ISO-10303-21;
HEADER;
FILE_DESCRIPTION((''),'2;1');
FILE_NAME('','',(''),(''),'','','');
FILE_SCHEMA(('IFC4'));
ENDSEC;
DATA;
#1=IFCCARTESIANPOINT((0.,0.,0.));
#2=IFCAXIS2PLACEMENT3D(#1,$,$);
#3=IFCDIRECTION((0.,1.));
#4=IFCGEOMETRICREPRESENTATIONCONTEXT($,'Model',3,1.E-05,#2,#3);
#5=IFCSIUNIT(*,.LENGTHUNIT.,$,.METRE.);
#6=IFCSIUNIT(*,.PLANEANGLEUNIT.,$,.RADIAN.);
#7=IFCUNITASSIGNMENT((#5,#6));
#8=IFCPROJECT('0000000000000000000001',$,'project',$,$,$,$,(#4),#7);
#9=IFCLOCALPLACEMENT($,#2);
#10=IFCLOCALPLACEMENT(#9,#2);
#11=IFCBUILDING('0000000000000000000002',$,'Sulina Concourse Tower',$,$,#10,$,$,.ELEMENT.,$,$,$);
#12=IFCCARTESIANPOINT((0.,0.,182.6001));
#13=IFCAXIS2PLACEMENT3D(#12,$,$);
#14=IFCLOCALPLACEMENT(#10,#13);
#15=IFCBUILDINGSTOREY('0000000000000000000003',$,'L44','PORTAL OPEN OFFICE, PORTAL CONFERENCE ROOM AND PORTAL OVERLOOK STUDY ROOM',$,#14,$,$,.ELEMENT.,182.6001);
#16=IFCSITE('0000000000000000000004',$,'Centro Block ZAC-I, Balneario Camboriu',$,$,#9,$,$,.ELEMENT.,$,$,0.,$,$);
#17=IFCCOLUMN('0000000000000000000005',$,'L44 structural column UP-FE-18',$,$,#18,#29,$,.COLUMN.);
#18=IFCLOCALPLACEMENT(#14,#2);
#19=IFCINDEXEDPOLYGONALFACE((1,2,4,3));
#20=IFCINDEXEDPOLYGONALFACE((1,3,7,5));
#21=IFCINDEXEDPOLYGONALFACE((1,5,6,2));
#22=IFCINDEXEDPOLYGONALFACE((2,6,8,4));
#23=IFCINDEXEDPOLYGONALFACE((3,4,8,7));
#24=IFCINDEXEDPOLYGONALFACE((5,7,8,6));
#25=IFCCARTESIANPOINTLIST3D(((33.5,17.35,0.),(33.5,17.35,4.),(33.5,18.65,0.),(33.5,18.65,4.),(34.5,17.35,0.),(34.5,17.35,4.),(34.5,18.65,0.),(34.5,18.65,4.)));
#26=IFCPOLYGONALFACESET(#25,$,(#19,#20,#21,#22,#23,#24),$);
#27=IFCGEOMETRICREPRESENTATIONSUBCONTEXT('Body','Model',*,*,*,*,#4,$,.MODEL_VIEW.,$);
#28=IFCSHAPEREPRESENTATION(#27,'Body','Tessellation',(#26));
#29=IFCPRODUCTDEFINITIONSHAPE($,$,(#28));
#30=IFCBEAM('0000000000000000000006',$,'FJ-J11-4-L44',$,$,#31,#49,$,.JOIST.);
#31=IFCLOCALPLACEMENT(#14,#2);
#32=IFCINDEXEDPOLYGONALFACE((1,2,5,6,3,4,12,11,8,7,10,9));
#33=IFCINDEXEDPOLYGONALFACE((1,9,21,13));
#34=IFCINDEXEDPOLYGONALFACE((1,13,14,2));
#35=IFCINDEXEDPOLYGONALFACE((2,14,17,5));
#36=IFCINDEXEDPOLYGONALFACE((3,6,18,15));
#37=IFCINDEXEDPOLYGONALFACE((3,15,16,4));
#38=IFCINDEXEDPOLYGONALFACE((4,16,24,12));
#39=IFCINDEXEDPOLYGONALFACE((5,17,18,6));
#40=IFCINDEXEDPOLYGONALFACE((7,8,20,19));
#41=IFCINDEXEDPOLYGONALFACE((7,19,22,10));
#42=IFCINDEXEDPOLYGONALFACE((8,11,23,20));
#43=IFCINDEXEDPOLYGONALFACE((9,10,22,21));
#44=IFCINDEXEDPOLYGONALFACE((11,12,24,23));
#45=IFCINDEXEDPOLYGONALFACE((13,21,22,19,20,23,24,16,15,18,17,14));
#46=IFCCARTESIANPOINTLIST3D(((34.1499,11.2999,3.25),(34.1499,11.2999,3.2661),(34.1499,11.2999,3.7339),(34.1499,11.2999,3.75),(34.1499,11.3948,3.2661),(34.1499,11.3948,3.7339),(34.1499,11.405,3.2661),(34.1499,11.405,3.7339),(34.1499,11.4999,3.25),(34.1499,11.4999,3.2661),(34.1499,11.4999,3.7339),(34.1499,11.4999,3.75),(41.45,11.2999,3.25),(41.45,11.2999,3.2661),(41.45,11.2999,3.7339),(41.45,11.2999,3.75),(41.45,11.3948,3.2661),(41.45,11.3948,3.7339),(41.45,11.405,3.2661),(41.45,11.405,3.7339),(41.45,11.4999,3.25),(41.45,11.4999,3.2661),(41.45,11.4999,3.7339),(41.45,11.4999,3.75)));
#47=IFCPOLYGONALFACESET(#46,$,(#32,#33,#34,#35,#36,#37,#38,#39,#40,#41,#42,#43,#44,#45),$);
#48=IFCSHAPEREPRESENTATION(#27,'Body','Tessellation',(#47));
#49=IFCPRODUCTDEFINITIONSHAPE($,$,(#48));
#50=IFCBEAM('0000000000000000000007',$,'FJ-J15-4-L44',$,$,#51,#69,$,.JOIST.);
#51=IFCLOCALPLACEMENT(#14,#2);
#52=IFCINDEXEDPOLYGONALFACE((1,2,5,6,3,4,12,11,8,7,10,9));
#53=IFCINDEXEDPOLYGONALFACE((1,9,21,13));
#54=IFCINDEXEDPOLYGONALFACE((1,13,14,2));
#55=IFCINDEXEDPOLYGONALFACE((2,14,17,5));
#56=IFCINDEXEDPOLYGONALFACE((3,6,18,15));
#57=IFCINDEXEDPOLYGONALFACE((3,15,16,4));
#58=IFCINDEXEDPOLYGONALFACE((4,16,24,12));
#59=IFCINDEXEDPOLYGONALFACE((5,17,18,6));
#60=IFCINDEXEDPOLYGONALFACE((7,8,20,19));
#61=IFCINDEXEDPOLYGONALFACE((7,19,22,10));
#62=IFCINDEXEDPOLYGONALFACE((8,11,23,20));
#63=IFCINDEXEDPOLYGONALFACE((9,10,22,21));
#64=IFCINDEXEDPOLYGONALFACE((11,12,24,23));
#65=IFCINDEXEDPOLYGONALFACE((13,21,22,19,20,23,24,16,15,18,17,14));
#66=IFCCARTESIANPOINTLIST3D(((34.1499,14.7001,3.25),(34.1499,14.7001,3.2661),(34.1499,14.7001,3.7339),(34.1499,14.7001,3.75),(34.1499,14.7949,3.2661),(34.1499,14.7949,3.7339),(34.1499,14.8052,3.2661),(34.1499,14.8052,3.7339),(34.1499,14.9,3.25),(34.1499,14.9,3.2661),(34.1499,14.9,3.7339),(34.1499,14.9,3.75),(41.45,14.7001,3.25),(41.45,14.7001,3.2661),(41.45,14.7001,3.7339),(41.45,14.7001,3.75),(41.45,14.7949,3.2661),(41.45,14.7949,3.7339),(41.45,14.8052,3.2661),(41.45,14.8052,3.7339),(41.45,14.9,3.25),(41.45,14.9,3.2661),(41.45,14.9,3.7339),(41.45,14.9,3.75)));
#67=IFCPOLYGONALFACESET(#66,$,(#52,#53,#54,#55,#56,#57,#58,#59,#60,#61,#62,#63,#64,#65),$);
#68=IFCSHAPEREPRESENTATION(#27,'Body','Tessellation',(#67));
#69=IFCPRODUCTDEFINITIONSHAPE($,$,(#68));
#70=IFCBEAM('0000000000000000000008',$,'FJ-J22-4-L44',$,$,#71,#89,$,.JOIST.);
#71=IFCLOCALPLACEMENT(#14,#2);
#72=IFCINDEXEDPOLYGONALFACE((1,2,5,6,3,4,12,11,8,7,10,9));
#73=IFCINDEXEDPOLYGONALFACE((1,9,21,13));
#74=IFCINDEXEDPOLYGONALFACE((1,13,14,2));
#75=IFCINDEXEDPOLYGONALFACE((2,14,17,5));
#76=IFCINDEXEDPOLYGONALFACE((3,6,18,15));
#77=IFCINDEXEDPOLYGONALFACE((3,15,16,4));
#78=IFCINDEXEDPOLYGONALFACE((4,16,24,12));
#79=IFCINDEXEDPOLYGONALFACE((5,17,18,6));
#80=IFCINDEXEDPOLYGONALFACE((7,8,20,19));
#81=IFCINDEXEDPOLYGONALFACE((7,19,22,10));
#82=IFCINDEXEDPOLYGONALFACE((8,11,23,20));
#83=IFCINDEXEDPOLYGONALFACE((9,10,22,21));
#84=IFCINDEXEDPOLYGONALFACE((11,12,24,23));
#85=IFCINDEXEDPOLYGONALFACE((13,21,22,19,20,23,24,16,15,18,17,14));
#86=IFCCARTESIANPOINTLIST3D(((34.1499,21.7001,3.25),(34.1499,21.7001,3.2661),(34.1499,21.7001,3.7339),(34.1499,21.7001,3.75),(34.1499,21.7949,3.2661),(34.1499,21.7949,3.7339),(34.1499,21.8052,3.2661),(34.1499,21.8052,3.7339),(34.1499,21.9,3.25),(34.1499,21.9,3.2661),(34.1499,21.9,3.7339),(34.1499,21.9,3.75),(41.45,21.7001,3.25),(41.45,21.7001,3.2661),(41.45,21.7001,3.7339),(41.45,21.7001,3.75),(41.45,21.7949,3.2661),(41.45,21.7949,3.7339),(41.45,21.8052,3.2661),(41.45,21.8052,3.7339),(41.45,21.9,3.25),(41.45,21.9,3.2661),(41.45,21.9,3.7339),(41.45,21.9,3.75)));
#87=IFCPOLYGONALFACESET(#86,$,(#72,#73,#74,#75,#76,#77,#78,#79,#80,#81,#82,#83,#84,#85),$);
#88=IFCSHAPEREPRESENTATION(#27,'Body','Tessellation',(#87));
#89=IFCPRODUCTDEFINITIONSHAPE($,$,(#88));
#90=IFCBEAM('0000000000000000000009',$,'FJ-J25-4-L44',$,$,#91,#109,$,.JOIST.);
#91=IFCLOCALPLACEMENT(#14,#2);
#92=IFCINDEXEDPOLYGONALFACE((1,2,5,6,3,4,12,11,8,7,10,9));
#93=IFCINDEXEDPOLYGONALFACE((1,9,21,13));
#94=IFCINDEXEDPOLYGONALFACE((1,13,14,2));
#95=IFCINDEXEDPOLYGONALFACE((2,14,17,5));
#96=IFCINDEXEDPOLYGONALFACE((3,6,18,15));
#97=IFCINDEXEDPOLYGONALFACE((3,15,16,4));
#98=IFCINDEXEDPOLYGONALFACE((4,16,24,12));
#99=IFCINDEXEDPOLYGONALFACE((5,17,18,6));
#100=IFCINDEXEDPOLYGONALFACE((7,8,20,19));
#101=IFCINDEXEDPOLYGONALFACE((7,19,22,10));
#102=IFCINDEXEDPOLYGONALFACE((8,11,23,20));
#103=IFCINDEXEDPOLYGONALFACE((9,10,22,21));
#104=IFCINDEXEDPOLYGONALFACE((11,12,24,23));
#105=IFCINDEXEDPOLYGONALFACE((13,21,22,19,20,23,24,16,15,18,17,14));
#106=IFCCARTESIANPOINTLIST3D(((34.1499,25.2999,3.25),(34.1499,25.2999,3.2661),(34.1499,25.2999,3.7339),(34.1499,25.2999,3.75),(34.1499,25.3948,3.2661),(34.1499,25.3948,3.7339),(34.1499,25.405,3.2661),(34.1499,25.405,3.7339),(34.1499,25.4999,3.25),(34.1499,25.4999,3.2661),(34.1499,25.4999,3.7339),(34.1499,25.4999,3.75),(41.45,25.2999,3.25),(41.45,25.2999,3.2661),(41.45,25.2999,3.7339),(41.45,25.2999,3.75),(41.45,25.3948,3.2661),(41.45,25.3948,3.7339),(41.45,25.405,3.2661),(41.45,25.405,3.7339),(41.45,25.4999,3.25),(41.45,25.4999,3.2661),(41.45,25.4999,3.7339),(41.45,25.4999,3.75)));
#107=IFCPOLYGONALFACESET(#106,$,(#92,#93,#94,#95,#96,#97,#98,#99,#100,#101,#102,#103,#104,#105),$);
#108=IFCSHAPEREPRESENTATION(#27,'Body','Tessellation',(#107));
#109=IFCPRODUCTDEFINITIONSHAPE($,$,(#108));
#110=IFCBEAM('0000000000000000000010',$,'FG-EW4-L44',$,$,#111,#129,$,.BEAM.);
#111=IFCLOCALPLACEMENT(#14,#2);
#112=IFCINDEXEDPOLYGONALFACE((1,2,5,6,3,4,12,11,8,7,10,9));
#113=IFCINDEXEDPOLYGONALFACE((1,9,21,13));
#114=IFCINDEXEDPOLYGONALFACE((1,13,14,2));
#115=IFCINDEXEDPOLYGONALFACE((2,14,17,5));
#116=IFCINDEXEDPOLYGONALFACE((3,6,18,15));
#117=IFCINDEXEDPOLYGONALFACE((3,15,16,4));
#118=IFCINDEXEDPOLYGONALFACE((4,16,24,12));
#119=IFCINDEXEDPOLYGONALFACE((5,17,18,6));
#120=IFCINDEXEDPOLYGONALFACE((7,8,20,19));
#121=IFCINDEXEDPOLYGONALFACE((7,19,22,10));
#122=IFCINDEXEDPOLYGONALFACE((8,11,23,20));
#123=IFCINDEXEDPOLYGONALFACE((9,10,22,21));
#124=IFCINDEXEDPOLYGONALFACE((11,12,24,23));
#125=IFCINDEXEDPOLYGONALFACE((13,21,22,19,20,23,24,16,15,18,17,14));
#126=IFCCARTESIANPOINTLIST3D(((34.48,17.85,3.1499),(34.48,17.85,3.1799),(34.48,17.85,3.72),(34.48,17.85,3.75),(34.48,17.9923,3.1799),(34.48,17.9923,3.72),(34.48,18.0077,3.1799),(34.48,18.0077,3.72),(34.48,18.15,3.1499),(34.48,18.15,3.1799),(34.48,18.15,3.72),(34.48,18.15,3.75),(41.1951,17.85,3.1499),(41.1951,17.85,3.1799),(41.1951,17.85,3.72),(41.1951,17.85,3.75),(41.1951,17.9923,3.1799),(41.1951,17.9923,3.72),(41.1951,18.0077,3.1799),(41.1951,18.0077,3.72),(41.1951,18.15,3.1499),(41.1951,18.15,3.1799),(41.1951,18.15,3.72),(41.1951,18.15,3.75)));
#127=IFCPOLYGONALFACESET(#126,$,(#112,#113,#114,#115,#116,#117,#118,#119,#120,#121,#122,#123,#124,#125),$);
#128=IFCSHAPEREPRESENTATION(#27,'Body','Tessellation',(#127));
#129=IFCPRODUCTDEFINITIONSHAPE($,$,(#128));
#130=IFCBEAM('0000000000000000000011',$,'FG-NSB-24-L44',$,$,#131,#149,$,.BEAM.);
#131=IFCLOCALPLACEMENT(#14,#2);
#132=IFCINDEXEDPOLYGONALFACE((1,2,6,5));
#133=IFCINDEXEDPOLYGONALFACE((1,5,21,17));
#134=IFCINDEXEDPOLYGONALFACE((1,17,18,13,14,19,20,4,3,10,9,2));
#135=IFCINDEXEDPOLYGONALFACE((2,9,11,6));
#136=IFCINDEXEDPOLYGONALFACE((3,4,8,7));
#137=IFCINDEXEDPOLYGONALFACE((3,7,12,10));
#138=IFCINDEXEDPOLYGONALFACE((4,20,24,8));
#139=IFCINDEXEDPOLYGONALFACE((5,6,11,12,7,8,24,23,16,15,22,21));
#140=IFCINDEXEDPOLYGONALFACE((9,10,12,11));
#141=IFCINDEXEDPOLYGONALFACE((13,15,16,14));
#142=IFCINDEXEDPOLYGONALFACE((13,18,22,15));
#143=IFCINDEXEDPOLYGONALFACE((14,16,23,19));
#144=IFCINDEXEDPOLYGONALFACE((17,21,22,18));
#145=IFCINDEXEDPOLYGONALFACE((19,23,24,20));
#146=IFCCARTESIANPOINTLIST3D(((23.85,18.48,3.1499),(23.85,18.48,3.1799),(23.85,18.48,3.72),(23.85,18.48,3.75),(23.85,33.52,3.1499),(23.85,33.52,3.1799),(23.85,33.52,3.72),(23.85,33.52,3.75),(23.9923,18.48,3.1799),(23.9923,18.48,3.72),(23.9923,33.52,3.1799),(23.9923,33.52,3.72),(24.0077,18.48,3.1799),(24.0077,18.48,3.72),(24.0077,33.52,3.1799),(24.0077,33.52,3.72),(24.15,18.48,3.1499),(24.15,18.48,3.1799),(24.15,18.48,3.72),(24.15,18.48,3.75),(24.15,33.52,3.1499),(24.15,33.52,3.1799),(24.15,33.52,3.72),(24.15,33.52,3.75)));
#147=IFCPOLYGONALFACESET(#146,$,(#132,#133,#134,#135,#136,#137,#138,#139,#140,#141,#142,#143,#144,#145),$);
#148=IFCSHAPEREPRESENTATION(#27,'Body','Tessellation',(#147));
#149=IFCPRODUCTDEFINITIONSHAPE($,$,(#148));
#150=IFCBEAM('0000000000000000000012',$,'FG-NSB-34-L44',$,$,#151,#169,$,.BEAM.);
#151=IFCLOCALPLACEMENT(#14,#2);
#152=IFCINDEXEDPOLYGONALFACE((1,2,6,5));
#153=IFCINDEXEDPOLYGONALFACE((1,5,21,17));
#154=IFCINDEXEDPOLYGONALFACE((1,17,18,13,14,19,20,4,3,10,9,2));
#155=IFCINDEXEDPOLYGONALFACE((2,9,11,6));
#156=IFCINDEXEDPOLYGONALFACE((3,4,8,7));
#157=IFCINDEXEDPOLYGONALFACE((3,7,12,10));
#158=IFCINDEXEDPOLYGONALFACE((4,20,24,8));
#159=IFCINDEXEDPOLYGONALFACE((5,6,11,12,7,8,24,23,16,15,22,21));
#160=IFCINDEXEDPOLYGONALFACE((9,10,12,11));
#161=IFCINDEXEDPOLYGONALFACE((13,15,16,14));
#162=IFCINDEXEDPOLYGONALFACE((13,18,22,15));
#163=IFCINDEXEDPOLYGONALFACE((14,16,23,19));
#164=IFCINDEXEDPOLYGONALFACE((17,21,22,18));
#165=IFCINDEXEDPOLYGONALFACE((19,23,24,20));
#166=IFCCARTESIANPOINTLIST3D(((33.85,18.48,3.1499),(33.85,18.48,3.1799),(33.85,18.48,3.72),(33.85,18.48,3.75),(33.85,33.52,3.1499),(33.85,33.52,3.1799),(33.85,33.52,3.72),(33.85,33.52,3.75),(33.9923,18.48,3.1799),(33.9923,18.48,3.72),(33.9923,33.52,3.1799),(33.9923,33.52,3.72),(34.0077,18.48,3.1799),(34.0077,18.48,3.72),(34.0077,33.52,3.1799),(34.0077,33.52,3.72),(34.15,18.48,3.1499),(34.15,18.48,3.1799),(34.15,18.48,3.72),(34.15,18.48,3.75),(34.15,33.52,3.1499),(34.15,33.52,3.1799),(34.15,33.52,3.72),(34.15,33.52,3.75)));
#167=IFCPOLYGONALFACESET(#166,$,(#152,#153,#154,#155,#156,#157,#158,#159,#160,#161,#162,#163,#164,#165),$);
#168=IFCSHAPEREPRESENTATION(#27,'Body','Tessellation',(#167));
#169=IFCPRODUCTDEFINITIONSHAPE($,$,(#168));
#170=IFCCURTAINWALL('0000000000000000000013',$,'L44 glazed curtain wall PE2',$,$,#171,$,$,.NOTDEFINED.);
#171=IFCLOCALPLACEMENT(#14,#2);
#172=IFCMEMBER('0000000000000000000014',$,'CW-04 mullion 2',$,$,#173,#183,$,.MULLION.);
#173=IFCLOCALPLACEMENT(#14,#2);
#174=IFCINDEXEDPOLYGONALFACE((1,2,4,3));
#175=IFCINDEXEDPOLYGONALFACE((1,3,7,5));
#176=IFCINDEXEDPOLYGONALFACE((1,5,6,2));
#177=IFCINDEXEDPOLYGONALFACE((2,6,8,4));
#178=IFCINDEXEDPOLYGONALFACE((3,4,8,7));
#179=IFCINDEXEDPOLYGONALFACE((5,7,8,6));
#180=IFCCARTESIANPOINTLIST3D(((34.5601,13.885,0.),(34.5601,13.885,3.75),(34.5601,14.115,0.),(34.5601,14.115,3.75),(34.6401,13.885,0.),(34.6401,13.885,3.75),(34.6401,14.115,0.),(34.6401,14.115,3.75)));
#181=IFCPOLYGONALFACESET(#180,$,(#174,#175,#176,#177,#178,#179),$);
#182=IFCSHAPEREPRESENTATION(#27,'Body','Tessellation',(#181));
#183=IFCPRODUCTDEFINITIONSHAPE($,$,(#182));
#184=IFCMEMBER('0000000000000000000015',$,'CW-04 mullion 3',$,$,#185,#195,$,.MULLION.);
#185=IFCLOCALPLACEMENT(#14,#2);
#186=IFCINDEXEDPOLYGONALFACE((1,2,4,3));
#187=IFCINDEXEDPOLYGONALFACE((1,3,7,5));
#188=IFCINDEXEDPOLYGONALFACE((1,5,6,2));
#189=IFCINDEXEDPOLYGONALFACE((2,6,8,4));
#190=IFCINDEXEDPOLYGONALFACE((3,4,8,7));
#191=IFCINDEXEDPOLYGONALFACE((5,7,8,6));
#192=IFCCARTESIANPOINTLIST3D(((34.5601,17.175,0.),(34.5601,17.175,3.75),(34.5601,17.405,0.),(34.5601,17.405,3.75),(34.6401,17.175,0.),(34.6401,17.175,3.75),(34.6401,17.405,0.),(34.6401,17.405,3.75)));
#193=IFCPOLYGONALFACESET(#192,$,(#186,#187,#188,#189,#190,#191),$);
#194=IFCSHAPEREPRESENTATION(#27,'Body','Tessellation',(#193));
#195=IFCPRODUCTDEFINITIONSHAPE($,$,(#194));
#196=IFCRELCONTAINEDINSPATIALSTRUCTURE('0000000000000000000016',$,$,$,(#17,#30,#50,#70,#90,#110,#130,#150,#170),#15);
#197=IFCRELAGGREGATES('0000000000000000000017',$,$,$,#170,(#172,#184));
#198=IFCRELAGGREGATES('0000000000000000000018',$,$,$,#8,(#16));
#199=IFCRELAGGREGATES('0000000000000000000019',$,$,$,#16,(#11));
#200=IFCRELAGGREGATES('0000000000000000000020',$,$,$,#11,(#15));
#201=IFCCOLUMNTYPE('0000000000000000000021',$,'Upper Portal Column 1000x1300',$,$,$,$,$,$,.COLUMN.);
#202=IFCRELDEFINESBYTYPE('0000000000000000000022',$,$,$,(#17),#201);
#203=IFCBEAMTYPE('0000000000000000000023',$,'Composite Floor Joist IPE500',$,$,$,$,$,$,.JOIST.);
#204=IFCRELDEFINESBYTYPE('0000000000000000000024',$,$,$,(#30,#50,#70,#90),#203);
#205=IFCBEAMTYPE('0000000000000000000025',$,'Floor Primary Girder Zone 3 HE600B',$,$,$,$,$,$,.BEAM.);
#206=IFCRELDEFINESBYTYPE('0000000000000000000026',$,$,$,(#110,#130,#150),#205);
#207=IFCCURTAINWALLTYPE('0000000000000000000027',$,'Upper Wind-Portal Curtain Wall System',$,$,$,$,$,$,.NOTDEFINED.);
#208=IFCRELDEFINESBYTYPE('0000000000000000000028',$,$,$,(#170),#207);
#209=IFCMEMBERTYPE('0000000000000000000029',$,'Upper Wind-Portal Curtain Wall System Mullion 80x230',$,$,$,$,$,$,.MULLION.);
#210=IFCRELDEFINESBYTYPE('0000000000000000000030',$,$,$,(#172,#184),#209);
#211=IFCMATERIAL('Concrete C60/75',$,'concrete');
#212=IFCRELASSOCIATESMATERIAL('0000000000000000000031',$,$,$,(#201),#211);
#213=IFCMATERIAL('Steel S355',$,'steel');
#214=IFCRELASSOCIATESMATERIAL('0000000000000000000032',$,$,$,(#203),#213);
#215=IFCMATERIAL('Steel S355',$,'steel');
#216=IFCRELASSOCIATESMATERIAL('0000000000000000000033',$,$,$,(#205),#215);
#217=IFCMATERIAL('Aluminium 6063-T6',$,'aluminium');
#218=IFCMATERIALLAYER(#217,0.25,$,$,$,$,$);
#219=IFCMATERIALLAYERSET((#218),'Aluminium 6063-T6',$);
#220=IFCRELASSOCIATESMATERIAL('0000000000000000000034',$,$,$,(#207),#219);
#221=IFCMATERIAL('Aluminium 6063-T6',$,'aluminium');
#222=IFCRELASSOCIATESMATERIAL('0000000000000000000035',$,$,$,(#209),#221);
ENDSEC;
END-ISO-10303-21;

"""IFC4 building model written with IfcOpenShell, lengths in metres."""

from ifc_helpers import new_model, si_unit, direction, frame, origin, origin_2d, place, context, subcontext, project, spatial, rectangle, i_section, extrude, material, layer, layer_set, material_profile, profile_set, type_object, element, aggregate, save


model = new_model("IFC4")

# Units and contexts
model_context = context("Model", 3, precision=1e-05, world=origin(), true_north=direction((0.0, 1.0)))
body_context = subcontext(model_context, "Body", "Model", "MODEL_VIEW")
ifc_project = project(units=[si_unit("LENGTHUNIT", "METRE"), si_unit("PLANEANGLEUNIT", "RADIAN")], contexts=[model_context])

# Site, building, storey
site_placement = place(None, origin())
site = spatial("IfcSite", under=ifc_project, at=site_placement, Name="Centro Block ZAC-I, Balneario Camboriu", CompositionType="ELEMENT", RefElevation=0.0)
building_placement = place(site_placement, origin())
building = spatial("IfcBuilding", under=site, at=building_placement, Name="Sulina Concourse Tower", CompositionType="ELEMENT")
storey_placement = place(building_placement, frame((0.0, 0.0, 182.6001)))
storey = spatial("IfcBuildingStorey", under=building, at=storey_placement, Name="L44", Description="PORTAL OPEN OFFICE, PORTAL CONFERENCE ROOM AND PORTAL OVERLOOK STUDY ROOM", CompositionType="ELEMENT", Elevation=182.6001)

# Column
ifc_material_1 = material(Name="Concrete C60/75", Category="concrete")
ifc_material_profile_1 = material_profile(ifc_material_1, rectangle(XDim=1.0, YDim=1.3, at=origin_2d()), Name="RC 1000x1300")
ifc_profile_set_1 = profile_set([ifc_material_profile_1], Name="Concrete C60/75")
column_type = type_object("IfcColumnType", Name="Upper Portal Column 1000x1300", PredefinedType="COLUMN", material=ifc_profile_set_1)
column_placement = place(storey_placement, frame((34.0, 18.0, 0.0), z_axis=(0.0, 0.0, 1.0), x_axis=(1.0, 0.0, 0.0)))
element("IfcColumn", 1, at=column_placement, inside=storey, type_object=column_type, Name="L44 structural column UP-FE-18", PredefinedType="COLUMN", context=body_context, shape_type="SweptSolid", body=[
    extrude(rectangle(XDim=1.0, YDim=1.3, at=origin_2d()), origin(), (0.0, 0.0, 1.0), 4.0),
])

# Beams
ifc_material_2 = material(Name="Steel S355", Category="steel")
ifc_material_profile_2 = material_profile(ifc_material_2, i_section(OverallWidth=0.2, OverallDepth=0.5, WebThickness=0.0103, FlangeThickness=0.0161, at=origin_2d()), Name="IPE 500")
ifc_profile_set_2 = profile_set([ifc_material_profile_2], Name="Steel S355")
beam_type_1 = type_object("IfcBeamType", Name="Composite Floor Joist IPE500", PredefinedType="JOIST", material=ifc_profile_set_2)
for number, where, z_axis, x_axis, name in (
    (2, (34.1499, 11.3999, 3.5), (1.0, 0.0, 0.0), (0.0, 1.0, 0.0), "FJ-J11-4-L44"),
    (3, (34.1499, 14.8, 3.5), (1.0, 0.0, 0.0), (0.0, 1.0, 0.0), "FJ-J15-4-L44"),
    (4, (34.1499, 21.8, 3.5), (1.0, 0.0, 0.0), (0.0, 1.0, 0.0), "FJ-J22-4-L44"),
    (5, (34.1499, 25.3999, 3.5), (1.0, 0.0, 0.0), (0.0, 1.0, 0.0), "FJ-J25-4-L44"),
):
    element("IfcBeam", number, at=place(storey_placement, frame(where, z_axis=z_axis, x_axis=x_axis)), inside=storey, type_object=beam_type_1, Name=name, PredefinedType="JOIST", context=body_context, shape_type="SweptSolid", body=[
        extrude(i_section(OverallWidth=0.2, OverallDepth=0.5, WebThickness=0.0103, FlangeThickness=0.0161, at=origin_2d()), origin(), (0.0, 0.0, 1.0), 7.3),
    ])
ifc_material_3 = material(Name="Steel S355", Category="steel")
ifc_material_profile_3 = material_profile(ifc_material_3, i_section(OverallWidth=0.3, OverallDepth=0.6001, WebThickness=0.0154, FlangeThickness=0.03, at=origin_2d()), Name="HE 600 B")
ifc_profile_set_3 = profile_set([ifc_material_profile_3], Name="Steel S355")
beam_type_2 = type_object("IfcBeamType", Name="Floor Primary Girder Zone 3 HE600B", PredefinedType="BEAM", material=ifc_profile_set_3)
beam_placement = place(storey_placement, frame((34.48, 18.0, 3.45), z_axis=(1.0, 0.0, 0.0), x_axis=(0.0, 1.0, 0.0)))
element("IfcBeam", 6, at=beam_placement, inside=storey, type_object=beam_type_2, Name="FG-EW4-L44", PredefinedType="BEAM", context=body_context, shape_type="SweptSolid", body=[
    extrude(i_section(OverallWidth=0.3, OverallDepth=0.6001, WebThickness=0.0154, FlangeThickness=0.03, at=origin_2d()), origin(), (0.0, 0.0, 1.0), 6.7151),
])
for number, where, z_axis, x_axis, name in (
    (7, (24.0, 18.48, 3.45), (0.0, 1.0, 0.0), (-1.0, 0.0, 0.0), "FG-NSB-24-L44"),
    (8, (34.0, 18.48, 3.45), (0.0, 1.0, 0.0), (-1.0, 0.0, 0.0), "FG-NSB-34-L44"),
):
    element("IfcBeam", number, at=place(storey_placement, frame(where, z_axis=z_axis, x_axis=x_axis)), inside=storey, type_object=beam_type_2, Name=name, PredefinedType="BEAM", context=body_context, shape_type="SweptSolid", body=[
        extrude(i_section(OverallWidth=0.3, OverallDepth=0.6001, WebThickness=0.0154, FlangeThickness=0.03, at=origin_2d()), origin(), (0.0, 0.0, 1.0), 15.04),
    ])

# Curtain wall, members
ifc_material_4 = material(Name="Aluminium 6063-T6", Category="aluminium")
ifc_layer_1 = layer(ifc_material_4, 0.25)
ifc_layer_set_1 = layer_set([ifc_layer_1], Name="Aluminium 6063-T6")
curtain_wall_type = type_object("IfcCurtainWallType", Name="Upper Wind-Portal Curtain Wall System", PredefinedType="NOTDEFINED", material=ifc_layer_set_1)
curtain_wall_placement = place(storey_placement, origin())
curtain_wall = element("IfcCurtainWall", 9, at=curtain_wall_placement, inside=storey, type_object=curtain_wall_type, Name="L44 glazed curtain wall PE2", PredefinedType="NOTDEFINED")
ifc_material_5 = material(Name="Aluminium 6063-T6", Category="aluminium")
ifc_material_profile_4 = material_profile(ifc_material_5, rectangle(XDim=0.0801, YDim=0.23, at=origin_2d()), Name="MUL 80x230")
ifc_profile_set_4 = profile_set([ifc_material_profile_4], Name="Aluminium 6063-T6")
member_type_1 = type_object("IfcMemberType", Name="Upper Wind-Portal Curtain Wall System Mullion 80x230", PredefinedType="MULLION", material=ifc_profile_set_4)
member_1_placement = place(storey_placement, frame((34.6001, 14.0, 0.0), z_axis=(0.0, 0.0, 1.0), x_axis=(-1.0, 0.0, 0.0)))
member_1 = element("IfcMember", 10, at=member_1_placement, type_object=member_type_1, Name="CW-04 mullion 2", PredefinedType="MULLION", context=body_context, shape_type="SweptSolid", body=[
    extrude(rectangle(XDim=0.0801, YDim=0.23, at=origin_2d()), origin(), (0.0, 0.0, 1.0), 3.75),
])
member_2_placement = place(storey_placement, frame((34.6001, 17.29, 0.0), z_axis=(0.0, 0.0, 1.0), x_axis=(-1.0, 0.0, 0.0)))
member_2 = element("IfcMember", 11, at=member_2_placement, type_object=member_type_1, Name="CW-04 mullion 3", PredefinedType="MULLION", context=body_context, shape_type="SweptSolid", body=[
    extrude(rectangle(XDim=0.0801, YDim=0.23, at=origin_2d()), origin(), (0.0, 0.0, 1.0), 3.75),
])
aggregate(curtain_wall, [member_1, member_2])

save(model, "model.ifc")
